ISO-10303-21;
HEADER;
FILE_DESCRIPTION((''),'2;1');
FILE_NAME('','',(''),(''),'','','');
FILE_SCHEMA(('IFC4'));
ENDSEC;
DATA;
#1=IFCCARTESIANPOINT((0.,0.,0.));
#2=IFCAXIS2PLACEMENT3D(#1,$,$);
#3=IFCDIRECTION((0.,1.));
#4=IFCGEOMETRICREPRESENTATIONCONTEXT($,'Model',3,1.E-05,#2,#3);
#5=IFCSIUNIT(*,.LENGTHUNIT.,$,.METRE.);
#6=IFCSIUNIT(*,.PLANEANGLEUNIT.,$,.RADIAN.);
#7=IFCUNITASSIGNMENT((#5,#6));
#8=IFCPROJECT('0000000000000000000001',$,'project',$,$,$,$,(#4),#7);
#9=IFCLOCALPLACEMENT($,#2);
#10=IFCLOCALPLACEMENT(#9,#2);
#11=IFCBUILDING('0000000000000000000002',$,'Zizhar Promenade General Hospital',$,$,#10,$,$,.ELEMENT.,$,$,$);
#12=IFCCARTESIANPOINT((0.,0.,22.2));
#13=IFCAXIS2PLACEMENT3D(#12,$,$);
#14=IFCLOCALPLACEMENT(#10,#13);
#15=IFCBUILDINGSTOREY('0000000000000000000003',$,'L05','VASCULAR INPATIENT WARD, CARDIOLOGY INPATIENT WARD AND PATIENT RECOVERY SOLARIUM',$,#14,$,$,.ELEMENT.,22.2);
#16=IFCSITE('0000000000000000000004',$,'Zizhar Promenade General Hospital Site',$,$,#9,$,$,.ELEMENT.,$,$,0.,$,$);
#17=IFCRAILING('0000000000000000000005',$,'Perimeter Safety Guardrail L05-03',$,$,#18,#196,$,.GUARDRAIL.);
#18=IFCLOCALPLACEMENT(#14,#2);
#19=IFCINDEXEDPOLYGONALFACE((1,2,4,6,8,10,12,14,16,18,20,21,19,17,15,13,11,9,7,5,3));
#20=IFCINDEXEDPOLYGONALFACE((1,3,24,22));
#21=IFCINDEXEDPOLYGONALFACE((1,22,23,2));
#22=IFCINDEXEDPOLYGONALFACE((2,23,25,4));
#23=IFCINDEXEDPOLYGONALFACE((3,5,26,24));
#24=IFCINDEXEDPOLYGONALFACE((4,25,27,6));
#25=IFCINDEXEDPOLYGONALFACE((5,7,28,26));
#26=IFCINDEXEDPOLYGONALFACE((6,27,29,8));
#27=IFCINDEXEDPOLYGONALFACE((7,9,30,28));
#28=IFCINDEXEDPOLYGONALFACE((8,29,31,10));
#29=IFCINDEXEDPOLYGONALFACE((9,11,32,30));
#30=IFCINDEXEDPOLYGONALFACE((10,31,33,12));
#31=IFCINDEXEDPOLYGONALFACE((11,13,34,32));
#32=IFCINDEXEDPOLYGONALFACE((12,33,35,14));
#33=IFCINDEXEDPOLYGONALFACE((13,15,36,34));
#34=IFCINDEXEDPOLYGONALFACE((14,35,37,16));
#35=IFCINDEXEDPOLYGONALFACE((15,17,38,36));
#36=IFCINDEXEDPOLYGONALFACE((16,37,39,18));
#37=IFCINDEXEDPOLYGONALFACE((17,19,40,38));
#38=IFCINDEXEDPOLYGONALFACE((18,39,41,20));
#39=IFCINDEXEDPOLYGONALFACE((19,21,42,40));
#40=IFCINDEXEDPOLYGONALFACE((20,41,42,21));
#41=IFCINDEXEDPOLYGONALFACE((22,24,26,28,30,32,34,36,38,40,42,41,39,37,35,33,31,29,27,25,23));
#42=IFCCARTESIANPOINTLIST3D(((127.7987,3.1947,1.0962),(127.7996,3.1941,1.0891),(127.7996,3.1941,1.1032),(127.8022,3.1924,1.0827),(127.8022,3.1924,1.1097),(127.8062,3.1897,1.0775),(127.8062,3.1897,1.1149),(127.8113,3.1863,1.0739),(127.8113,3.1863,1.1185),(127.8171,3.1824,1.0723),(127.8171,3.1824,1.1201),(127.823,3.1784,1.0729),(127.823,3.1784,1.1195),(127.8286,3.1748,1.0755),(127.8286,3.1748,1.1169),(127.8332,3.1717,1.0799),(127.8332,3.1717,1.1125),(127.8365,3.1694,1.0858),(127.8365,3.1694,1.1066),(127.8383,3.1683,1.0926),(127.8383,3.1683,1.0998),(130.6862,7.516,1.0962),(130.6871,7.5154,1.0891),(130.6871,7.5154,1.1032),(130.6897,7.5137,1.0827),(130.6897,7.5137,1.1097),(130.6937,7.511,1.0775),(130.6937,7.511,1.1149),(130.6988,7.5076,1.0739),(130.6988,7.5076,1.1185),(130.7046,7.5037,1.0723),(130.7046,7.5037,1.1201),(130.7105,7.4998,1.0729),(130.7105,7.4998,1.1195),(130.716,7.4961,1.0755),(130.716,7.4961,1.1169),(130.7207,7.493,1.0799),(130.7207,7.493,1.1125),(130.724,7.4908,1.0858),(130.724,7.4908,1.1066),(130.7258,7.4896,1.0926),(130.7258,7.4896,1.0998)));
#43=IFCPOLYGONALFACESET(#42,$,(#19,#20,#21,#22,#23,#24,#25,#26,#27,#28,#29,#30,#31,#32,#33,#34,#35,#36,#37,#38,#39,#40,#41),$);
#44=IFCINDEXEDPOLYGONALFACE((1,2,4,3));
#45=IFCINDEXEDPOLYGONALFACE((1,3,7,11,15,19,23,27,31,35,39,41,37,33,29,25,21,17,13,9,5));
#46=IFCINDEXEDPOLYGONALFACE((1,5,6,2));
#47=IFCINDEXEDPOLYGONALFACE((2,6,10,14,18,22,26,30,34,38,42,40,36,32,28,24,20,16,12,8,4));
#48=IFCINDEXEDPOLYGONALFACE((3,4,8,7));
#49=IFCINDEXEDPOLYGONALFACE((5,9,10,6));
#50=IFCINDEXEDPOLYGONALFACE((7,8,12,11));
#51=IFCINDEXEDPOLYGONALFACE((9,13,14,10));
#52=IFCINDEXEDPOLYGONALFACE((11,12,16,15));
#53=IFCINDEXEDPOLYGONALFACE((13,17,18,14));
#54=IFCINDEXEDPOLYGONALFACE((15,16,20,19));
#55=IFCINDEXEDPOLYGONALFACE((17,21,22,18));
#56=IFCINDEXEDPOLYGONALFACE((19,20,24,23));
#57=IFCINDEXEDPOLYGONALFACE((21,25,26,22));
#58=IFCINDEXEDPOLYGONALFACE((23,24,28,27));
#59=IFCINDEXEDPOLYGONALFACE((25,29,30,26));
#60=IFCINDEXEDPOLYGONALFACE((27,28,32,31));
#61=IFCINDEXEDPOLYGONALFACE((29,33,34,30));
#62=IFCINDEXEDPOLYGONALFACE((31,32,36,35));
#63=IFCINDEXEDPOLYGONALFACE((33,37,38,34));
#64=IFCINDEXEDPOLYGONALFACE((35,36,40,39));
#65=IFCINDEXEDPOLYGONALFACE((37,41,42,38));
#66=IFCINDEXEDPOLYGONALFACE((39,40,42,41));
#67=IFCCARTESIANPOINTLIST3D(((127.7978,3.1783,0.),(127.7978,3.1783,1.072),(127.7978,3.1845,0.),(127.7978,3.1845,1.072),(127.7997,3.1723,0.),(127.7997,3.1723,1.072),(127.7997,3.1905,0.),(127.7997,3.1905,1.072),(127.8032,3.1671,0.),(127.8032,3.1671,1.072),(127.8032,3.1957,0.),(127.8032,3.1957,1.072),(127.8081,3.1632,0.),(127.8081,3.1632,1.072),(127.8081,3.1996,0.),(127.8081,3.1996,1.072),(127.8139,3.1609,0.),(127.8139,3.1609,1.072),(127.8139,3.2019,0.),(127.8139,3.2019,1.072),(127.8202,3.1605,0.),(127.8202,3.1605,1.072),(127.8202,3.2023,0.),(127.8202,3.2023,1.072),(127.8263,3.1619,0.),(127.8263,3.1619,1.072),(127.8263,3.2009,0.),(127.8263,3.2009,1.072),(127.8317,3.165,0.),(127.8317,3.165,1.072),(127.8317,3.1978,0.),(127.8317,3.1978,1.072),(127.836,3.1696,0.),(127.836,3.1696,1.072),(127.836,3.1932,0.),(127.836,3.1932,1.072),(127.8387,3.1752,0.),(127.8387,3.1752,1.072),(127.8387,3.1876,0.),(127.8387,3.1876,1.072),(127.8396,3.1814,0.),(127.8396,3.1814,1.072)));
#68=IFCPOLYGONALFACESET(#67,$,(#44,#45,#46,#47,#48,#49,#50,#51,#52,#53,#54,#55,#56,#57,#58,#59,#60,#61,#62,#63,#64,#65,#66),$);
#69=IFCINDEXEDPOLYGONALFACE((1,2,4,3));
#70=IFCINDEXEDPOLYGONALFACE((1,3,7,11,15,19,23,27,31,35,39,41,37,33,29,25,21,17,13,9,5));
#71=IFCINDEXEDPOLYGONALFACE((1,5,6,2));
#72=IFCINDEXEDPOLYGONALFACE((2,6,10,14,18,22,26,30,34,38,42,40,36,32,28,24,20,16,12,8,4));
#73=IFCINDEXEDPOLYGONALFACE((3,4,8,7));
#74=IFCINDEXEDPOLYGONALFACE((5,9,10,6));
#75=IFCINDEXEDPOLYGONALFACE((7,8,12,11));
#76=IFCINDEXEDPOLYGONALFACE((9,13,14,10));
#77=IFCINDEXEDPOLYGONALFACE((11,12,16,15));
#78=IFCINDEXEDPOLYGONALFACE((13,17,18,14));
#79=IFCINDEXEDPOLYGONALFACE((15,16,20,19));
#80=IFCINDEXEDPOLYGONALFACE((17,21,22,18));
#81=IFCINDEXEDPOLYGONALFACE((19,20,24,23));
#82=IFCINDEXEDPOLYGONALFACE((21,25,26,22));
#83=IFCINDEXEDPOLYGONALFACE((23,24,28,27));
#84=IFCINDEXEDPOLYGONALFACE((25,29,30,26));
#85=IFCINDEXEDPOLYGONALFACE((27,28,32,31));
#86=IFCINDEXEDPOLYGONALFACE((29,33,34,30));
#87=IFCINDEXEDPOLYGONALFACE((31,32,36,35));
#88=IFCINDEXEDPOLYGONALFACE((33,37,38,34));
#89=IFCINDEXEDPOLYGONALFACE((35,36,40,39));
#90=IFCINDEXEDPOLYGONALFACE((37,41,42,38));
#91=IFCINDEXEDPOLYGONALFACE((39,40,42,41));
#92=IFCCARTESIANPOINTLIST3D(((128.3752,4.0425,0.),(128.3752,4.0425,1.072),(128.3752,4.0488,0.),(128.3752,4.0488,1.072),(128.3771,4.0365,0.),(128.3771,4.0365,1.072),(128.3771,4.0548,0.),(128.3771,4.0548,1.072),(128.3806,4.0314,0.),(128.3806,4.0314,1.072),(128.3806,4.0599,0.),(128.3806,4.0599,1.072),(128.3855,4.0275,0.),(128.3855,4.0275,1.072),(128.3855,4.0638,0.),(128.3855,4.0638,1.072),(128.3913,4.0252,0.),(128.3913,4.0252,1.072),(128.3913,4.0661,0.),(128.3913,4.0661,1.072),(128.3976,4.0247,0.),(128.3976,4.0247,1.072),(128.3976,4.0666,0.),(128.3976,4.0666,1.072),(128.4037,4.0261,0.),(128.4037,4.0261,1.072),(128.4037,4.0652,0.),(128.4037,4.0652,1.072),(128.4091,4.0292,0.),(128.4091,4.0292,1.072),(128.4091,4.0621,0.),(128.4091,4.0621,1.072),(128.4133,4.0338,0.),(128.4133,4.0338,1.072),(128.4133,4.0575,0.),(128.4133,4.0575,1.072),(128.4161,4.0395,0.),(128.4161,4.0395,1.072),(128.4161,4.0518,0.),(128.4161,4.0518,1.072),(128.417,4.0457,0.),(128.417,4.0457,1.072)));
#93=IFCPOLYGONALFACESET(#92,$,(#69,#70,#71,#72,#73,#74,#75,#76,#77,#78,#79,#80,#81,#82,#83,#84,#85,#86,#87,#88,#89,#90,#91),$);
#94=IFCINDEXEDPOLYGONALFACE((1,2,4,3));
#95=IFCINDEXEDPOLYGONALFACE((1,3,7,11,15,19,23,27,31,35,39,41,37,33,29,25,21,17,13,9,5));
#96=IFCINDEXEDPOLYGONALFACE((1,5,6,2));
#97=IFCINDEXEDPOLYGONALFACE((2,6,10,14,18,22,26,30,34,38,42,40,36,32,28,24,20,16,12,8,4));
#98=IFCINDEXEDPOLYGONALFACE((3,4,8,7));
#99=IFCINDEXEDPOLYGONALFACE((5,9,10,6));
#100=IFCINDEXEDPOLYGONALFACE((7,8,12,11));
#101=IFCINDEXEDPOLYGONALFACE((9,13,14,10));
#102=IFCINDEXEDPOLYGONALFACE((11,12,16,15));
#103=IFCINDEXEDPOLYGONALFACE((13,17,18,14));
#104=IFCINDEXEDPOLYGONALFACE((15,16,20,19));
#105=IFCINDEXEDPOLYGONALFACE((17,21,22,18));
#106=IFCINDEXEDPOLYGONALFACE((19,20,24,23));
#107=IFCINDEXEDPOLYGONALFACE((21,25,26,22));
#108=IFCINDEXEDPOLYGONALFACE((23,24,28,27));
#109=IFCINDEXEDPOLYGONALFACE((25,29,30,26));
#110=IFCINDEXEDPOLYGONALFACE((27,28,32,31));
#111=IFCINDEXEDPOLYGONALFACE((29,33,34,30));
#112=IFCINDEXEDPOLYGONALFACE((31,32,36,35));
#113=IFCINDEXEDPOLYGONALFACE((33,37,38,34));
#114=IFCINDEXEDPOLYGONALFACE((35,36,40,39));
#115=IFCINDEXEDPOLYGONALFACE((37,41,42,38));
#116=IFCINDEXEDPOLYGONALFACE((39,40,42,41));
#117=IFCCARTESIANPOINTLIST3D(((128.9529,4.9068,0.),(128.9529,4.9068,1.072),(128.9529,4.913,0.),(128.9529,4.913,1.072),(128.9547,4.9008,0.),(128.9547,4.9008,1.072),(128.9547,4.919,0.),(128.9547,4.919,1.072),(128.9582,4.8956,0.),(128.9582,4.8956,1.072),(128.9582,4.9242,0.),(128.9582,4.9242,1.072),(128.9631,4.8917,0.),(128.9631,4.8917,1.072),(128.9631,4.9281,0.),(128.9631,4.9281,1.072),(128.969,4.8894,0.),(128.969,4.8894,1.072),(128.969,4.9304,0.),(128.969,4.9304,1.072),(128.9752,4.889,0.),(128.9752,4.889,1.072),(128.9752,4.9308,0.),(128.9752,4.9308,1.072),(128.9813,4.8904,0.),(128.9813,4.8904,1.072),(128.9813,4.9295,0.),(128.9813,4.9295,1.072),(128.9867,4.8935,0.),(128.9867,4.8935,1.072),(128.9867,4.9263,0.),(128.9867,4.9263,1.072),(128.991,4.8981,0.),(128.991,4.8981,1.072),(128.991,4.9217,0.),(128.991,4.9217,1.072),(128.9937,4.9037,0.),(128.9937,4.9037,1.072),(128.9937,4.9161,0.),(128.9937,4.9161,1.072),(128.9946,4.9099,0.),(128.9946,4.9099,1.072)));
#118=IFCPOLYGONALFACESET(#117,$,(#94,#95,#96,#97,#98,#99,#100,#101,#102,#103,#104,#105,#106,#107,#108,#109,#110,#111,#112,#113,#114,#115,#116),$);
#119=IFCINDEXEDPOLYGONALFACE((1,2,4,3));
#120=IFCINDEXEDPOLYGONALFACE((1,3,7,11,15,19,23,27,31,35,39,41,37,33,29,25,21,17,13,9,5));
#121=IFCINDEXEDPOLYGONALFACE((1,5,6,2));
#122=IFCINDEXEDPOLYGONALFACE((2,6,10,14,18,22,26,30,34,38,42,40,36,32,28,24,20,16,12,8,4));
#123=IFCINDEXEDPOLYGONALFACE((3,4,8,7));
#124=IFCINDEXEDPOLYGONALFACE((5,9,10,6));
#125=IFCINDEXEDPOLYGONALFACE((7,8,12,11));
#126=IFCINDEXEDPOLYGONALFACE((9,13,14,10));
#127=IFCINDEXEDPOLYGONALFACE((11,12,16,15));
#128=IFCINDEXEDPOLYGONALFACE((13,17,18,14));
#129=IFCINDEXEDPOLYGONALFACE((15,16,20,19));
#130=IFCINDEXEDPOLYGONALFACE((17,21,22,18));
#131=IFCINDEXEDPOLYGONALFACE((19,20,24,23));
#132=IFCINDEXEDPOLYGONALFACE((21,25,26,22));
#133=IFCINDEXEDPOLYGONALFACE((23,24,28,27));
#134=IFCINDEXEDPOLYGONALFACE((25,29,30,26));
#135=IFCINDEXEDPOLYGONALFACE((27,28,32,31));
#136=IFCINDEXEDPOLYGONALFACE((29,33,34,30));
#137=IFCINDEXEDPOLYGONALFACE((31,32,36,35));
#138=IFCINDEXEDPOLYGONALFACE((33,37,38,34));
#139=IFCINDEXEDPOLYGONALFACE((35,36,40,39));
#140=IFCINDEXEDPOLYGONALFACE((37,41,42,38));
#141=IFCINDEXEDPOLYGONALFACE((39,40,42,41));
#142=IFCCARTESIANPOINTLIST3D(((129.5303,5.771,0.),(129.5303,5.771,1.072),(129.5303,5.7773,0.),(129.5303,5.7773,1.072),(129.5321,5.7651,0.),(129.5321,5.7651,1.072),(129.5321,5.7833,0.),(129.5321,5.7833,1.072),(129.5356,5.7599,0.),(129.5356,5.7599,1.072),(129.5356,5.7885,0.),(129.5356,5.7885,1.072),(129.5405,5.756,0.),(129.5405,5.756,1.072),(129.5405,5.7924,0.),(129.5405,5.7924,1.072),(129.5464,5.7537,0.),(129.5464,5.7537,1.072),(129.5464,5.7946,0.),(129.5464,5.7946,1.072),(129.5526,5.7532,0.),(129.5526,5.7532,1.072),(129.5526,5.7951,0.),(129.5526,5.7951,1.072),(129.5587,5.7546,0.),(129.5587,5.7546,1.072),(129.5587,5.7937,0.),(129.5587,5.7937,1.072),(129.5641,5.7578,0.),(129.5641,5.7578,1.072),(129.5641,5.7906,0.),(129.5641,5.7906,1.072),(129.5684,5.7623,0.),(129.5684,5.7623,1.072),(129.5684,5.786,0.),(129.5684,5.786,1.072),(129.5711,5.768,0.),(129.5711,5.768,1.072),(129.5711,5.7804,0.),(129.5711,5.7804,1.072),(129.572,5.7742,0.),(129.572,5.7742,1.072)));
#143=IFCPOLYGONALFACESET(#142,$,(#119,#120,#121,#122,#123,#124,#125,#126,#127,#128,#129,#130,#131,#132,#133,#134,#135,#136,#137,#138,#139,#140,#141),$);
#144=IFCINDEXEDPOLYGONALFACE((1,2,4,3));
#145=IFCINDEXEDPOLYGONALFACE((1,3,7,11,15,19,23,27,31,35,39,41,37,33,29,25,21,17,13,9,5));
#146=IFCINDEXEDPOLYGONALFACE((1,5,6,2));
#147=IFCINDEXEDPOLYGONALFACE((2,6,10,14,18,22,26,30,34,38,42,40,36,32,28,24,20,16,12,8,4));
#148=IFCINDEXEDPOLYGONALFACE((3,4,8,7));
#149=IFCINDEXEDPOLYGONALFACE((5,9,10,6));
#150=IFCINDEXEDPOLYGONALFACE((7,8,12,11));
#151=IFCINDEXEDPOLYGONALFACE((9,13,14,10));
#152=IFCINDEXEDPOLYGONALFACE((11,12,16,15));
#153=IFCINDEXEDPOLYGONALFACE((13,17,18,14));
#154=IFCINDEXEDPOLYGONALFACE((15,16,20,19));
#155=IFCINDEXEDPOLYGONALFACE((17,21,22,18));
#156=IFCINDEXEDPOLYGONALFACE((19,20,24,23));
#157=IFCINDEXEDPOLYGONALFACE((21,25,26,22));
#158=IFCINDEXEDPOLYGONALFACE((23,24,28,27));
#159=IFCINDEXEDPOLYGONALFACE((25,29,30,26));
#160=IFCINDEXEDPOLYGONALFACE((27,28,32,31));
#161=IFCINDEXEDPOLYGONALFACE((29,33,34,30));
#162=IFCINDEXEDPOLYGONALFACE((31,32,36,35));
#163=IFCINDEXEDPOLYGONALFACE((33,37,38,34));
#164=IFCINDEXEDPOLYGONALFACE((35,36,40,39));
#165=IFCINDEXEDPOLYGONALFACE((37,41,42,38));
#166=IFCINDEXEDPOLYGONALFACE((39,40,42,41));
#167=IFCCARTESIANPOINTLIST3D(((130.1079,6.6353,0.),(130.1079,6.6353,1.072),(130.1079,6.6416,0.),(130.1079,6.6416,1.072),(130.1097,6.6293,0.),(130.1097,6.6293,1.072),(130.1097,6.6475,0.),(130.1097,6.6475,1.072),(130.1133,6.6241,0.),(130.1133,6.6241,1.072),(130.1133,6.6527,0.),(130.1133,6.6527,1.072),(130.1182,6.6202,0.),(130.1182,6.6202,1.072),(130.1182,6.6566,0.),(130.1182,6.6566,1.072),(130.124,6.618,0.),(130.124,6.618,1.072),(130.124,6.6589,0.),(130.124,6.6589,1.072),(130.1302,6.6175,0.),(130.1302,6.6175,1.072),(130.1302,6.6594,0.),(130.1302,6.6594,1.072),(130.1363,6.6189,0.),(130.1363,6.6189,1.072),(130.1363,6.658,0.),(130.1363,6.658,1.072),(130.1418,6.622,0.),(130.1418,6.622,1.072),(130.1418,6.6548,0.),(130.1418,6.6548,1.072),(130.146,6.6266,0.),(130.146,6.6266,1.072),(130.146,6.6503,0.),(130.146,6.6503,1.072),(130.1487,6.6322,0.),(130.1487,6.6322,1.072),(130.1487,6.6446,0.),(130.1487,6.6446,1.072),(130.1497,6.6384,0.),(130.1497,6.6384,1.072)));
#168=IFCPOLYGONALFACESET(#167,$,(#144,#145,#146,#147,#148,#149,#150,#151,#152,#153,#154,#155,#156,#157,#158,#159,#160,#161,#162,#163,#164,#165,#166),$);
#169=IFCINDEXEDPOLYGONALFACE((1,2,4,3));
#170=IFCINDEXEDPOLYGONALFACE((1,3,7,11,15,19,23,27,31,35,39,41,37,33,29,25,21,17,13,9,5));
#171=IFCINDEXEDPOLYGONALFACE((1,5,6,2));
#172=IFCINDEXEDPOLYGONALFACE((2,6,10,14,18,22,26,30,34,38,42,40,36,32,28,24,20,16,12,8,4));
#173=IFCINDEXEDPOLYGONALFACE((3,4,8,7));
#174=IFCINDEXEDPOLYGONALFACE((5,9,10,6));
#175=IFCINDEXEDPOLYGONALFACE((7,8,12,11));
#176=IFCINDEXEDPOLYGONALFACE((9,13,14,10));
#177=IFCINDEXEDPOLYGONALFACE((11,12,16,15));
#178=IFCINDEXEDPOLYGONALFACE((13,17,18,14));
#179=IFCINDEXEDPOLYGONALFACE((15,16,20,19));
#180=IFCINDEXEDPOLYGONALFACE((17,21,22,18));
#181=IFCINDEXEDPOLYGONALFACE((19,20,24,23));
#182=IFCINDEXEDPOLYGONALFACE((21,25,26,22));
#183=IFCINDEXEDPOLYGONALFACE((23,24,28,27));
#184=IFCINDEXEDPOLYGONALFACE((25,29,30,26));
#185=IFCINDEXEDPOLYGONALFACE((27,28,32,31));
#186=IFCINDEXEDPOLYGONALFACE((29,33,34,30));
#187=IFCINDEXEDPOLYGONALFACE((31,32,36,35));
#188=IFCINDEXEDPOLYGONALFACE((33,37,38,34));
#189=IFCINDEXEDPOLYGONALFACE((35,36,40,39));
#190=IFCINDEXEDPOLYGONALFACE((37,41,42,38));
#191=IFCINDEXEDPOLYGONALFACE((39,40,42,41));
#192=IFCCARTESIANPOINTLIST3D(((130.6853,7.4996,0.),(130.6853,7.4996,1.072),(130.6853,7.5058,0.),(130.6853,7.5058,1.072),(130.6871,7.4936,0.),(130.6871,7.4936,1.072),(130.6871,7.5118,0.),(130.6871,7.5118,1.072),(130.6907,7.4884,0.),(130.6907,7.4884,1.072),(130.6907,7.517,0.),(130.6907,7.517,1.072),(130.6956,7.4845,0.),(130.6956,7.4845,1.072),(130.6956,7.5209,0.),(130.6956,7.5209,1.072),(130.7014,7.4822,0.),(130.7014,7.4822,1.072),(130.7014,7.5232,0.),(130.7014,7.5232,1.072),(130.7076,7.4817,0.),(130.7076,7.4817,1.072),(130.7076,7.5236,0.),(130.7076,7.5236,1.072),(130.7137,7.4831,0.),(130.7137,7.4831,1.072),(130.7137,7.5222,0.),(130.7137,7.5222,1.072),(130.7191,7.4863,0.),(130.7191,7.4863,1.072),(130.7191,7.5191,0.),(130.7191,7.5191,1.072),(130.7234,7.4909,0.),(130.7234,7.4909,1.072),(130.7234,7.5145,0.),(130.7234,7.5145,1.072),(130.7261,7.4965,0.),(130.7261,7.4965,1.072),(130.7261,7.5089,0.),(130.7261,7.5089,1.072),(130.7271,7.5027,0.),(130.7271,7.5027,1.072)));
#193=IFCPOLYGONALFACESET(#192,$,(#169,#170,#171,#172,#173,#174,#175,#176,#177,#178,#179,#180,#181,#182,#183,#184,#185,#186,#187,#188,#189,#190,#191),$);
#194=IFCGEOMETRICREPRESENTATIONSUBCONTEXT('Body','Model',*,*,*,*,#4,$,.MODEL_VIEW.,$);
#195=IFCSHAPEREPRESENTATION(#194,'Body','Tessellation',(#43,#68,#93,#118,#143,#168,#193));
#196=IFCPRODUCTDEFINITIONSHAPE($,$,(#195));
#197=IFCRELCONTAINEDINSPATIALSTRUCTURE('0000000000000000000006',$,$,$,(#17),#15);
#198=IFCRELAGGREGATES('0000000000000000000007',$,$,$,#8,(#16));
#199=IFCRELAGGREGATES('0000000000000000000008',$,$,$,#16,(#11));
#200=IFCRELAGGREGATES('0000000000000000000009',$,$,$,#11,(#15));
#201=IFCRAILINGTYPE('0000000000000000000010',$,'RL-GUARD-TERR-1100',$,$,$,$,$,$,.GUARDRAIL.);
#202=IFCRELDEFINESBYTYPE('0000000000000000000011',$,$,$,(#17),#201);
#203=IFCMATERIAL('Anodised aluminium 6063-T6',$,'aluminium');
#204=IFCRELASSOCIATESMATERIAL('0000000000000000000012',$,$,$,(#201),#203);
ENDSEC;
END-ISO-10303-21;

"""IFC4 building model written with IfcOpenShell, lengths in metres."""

from ifc_helpers import new_model, si_unit, direction, frame, origin, origin_2d, place, context, subcontext, project, spatial, circle, hollow_circle, extrude, material, material_profile, profile_set, type_object, element, save


model = new_model("IFC4")

# Units and contexts
model_context = context("Model", 3, precision=1e-05, world=origin(), true_north=direction((0.0, 1.0)))
body_context = subcontext(model_context, "Body", "Model", "MODEL_VIEW")
ifc_project = project(units=[si_unit("LENGTHUNIT", "METRE"), si_unit("PLANEANGLEUNIT", "RADIAN")], contexts=[model_context])

# Site, building, storey
site_placement = place(None, origin())
site = spatial("IfcSite", under=ifc_project, at=site_placement, Name="Zizhar Promenade General Hospital Site", CompositionType="ELEMENT", RefElevation=0.0)
building_placement = place(site_placement, origin())
building = spatial("IfcBuilding", under=site, at=building_placement, Name="Zizhar Promenade General Hospital", CompositionType="ELEMENT")
storey_placement = place(building_placement, frame((0.0, 0.0, 22.2)))
storey = spatial("IfcBuildingStorey", under=building, at=storey_placement, Name="L05", Description="VASCULAR INPATIENT WARD, CARDIOLOGY INPATIENT WARD AND PATIENT RECOVERY SOLARIUM", CompositionType="ELEMENT", Elevation=22.2)

# Railing
ifc_material_1 = material(Name="Anodised aluminium 6063-T6", Category="aluminium")
ifc_material_profile_1 = material_profile(ifc_material_1, hollow_circle(Radius=0.0698, WallThickness=0.0063, at=origin_2d()))
ifc_profile_set_1 = profile_set([ifc_material_profile_1], Name="Anodised aluminium 6063-T6")
railing_type = type_object("IfcRailingType", Name="RL-GUARD-TERR-1100", PredefinedType="GUARDRAIL", material=ifc_profile_set_1)
railing_1_placement = place(storey_placement, frame((127.8186, 3.1814, 0.0)))
element("IfcRailing", 1, at=railing_1_placement, inside=storey, type_object=railing_type, Name="Perimeter Safety Guardrail L05-03", PredefinedType="GUARDRAIL", context=body_context, shape_type="SweptSolid", body=[
    extrude(circle(Radius=0.0239, at=origin_2d()), frame((0.0, 0.0, 1.0962), z_axis=(0.555578, 0.831464, 0.0), x_axis=(-0.831464, 0.555578, 0.0)), (0.0, 0.0, 1.0), 5.1973),
    extrude(circle(Radius=0.021, at=origin_2d()), origin(), (0.0, 0.0, 1.0), 1.072),
    extrude(circle(Radius=0.021, at=origin_2d()), frame((0.5774, 0.8643, 0.0)), (0.0, 0.0, 1.0), 1.072),
    extrude(circle(Radius=0.021, at=origin_2d()), frame((1.155, 1.7285, 0.0)), (0.0, 0.0, 1.0), 1.072),
    extrude(circle(Radius=0.021, at=origin_2d()), frame((1.7324, 2.5928, 0.0)), (0.0, 0.0, 1.0), 1.072),
    extrude(circle(Radius=0.021, at=origin_2d()), frame((2.3101, 3.457, 0.0)), (0.0, 0.0, 1.0), 1.072),
    extrude(circle(Radius=0.021, at=origin_2d()), frame((2.8875, 4.3213, 0.0)), (0.0, 0.0, 1.0), 1.072),
])

save(model, "model.ifc")
